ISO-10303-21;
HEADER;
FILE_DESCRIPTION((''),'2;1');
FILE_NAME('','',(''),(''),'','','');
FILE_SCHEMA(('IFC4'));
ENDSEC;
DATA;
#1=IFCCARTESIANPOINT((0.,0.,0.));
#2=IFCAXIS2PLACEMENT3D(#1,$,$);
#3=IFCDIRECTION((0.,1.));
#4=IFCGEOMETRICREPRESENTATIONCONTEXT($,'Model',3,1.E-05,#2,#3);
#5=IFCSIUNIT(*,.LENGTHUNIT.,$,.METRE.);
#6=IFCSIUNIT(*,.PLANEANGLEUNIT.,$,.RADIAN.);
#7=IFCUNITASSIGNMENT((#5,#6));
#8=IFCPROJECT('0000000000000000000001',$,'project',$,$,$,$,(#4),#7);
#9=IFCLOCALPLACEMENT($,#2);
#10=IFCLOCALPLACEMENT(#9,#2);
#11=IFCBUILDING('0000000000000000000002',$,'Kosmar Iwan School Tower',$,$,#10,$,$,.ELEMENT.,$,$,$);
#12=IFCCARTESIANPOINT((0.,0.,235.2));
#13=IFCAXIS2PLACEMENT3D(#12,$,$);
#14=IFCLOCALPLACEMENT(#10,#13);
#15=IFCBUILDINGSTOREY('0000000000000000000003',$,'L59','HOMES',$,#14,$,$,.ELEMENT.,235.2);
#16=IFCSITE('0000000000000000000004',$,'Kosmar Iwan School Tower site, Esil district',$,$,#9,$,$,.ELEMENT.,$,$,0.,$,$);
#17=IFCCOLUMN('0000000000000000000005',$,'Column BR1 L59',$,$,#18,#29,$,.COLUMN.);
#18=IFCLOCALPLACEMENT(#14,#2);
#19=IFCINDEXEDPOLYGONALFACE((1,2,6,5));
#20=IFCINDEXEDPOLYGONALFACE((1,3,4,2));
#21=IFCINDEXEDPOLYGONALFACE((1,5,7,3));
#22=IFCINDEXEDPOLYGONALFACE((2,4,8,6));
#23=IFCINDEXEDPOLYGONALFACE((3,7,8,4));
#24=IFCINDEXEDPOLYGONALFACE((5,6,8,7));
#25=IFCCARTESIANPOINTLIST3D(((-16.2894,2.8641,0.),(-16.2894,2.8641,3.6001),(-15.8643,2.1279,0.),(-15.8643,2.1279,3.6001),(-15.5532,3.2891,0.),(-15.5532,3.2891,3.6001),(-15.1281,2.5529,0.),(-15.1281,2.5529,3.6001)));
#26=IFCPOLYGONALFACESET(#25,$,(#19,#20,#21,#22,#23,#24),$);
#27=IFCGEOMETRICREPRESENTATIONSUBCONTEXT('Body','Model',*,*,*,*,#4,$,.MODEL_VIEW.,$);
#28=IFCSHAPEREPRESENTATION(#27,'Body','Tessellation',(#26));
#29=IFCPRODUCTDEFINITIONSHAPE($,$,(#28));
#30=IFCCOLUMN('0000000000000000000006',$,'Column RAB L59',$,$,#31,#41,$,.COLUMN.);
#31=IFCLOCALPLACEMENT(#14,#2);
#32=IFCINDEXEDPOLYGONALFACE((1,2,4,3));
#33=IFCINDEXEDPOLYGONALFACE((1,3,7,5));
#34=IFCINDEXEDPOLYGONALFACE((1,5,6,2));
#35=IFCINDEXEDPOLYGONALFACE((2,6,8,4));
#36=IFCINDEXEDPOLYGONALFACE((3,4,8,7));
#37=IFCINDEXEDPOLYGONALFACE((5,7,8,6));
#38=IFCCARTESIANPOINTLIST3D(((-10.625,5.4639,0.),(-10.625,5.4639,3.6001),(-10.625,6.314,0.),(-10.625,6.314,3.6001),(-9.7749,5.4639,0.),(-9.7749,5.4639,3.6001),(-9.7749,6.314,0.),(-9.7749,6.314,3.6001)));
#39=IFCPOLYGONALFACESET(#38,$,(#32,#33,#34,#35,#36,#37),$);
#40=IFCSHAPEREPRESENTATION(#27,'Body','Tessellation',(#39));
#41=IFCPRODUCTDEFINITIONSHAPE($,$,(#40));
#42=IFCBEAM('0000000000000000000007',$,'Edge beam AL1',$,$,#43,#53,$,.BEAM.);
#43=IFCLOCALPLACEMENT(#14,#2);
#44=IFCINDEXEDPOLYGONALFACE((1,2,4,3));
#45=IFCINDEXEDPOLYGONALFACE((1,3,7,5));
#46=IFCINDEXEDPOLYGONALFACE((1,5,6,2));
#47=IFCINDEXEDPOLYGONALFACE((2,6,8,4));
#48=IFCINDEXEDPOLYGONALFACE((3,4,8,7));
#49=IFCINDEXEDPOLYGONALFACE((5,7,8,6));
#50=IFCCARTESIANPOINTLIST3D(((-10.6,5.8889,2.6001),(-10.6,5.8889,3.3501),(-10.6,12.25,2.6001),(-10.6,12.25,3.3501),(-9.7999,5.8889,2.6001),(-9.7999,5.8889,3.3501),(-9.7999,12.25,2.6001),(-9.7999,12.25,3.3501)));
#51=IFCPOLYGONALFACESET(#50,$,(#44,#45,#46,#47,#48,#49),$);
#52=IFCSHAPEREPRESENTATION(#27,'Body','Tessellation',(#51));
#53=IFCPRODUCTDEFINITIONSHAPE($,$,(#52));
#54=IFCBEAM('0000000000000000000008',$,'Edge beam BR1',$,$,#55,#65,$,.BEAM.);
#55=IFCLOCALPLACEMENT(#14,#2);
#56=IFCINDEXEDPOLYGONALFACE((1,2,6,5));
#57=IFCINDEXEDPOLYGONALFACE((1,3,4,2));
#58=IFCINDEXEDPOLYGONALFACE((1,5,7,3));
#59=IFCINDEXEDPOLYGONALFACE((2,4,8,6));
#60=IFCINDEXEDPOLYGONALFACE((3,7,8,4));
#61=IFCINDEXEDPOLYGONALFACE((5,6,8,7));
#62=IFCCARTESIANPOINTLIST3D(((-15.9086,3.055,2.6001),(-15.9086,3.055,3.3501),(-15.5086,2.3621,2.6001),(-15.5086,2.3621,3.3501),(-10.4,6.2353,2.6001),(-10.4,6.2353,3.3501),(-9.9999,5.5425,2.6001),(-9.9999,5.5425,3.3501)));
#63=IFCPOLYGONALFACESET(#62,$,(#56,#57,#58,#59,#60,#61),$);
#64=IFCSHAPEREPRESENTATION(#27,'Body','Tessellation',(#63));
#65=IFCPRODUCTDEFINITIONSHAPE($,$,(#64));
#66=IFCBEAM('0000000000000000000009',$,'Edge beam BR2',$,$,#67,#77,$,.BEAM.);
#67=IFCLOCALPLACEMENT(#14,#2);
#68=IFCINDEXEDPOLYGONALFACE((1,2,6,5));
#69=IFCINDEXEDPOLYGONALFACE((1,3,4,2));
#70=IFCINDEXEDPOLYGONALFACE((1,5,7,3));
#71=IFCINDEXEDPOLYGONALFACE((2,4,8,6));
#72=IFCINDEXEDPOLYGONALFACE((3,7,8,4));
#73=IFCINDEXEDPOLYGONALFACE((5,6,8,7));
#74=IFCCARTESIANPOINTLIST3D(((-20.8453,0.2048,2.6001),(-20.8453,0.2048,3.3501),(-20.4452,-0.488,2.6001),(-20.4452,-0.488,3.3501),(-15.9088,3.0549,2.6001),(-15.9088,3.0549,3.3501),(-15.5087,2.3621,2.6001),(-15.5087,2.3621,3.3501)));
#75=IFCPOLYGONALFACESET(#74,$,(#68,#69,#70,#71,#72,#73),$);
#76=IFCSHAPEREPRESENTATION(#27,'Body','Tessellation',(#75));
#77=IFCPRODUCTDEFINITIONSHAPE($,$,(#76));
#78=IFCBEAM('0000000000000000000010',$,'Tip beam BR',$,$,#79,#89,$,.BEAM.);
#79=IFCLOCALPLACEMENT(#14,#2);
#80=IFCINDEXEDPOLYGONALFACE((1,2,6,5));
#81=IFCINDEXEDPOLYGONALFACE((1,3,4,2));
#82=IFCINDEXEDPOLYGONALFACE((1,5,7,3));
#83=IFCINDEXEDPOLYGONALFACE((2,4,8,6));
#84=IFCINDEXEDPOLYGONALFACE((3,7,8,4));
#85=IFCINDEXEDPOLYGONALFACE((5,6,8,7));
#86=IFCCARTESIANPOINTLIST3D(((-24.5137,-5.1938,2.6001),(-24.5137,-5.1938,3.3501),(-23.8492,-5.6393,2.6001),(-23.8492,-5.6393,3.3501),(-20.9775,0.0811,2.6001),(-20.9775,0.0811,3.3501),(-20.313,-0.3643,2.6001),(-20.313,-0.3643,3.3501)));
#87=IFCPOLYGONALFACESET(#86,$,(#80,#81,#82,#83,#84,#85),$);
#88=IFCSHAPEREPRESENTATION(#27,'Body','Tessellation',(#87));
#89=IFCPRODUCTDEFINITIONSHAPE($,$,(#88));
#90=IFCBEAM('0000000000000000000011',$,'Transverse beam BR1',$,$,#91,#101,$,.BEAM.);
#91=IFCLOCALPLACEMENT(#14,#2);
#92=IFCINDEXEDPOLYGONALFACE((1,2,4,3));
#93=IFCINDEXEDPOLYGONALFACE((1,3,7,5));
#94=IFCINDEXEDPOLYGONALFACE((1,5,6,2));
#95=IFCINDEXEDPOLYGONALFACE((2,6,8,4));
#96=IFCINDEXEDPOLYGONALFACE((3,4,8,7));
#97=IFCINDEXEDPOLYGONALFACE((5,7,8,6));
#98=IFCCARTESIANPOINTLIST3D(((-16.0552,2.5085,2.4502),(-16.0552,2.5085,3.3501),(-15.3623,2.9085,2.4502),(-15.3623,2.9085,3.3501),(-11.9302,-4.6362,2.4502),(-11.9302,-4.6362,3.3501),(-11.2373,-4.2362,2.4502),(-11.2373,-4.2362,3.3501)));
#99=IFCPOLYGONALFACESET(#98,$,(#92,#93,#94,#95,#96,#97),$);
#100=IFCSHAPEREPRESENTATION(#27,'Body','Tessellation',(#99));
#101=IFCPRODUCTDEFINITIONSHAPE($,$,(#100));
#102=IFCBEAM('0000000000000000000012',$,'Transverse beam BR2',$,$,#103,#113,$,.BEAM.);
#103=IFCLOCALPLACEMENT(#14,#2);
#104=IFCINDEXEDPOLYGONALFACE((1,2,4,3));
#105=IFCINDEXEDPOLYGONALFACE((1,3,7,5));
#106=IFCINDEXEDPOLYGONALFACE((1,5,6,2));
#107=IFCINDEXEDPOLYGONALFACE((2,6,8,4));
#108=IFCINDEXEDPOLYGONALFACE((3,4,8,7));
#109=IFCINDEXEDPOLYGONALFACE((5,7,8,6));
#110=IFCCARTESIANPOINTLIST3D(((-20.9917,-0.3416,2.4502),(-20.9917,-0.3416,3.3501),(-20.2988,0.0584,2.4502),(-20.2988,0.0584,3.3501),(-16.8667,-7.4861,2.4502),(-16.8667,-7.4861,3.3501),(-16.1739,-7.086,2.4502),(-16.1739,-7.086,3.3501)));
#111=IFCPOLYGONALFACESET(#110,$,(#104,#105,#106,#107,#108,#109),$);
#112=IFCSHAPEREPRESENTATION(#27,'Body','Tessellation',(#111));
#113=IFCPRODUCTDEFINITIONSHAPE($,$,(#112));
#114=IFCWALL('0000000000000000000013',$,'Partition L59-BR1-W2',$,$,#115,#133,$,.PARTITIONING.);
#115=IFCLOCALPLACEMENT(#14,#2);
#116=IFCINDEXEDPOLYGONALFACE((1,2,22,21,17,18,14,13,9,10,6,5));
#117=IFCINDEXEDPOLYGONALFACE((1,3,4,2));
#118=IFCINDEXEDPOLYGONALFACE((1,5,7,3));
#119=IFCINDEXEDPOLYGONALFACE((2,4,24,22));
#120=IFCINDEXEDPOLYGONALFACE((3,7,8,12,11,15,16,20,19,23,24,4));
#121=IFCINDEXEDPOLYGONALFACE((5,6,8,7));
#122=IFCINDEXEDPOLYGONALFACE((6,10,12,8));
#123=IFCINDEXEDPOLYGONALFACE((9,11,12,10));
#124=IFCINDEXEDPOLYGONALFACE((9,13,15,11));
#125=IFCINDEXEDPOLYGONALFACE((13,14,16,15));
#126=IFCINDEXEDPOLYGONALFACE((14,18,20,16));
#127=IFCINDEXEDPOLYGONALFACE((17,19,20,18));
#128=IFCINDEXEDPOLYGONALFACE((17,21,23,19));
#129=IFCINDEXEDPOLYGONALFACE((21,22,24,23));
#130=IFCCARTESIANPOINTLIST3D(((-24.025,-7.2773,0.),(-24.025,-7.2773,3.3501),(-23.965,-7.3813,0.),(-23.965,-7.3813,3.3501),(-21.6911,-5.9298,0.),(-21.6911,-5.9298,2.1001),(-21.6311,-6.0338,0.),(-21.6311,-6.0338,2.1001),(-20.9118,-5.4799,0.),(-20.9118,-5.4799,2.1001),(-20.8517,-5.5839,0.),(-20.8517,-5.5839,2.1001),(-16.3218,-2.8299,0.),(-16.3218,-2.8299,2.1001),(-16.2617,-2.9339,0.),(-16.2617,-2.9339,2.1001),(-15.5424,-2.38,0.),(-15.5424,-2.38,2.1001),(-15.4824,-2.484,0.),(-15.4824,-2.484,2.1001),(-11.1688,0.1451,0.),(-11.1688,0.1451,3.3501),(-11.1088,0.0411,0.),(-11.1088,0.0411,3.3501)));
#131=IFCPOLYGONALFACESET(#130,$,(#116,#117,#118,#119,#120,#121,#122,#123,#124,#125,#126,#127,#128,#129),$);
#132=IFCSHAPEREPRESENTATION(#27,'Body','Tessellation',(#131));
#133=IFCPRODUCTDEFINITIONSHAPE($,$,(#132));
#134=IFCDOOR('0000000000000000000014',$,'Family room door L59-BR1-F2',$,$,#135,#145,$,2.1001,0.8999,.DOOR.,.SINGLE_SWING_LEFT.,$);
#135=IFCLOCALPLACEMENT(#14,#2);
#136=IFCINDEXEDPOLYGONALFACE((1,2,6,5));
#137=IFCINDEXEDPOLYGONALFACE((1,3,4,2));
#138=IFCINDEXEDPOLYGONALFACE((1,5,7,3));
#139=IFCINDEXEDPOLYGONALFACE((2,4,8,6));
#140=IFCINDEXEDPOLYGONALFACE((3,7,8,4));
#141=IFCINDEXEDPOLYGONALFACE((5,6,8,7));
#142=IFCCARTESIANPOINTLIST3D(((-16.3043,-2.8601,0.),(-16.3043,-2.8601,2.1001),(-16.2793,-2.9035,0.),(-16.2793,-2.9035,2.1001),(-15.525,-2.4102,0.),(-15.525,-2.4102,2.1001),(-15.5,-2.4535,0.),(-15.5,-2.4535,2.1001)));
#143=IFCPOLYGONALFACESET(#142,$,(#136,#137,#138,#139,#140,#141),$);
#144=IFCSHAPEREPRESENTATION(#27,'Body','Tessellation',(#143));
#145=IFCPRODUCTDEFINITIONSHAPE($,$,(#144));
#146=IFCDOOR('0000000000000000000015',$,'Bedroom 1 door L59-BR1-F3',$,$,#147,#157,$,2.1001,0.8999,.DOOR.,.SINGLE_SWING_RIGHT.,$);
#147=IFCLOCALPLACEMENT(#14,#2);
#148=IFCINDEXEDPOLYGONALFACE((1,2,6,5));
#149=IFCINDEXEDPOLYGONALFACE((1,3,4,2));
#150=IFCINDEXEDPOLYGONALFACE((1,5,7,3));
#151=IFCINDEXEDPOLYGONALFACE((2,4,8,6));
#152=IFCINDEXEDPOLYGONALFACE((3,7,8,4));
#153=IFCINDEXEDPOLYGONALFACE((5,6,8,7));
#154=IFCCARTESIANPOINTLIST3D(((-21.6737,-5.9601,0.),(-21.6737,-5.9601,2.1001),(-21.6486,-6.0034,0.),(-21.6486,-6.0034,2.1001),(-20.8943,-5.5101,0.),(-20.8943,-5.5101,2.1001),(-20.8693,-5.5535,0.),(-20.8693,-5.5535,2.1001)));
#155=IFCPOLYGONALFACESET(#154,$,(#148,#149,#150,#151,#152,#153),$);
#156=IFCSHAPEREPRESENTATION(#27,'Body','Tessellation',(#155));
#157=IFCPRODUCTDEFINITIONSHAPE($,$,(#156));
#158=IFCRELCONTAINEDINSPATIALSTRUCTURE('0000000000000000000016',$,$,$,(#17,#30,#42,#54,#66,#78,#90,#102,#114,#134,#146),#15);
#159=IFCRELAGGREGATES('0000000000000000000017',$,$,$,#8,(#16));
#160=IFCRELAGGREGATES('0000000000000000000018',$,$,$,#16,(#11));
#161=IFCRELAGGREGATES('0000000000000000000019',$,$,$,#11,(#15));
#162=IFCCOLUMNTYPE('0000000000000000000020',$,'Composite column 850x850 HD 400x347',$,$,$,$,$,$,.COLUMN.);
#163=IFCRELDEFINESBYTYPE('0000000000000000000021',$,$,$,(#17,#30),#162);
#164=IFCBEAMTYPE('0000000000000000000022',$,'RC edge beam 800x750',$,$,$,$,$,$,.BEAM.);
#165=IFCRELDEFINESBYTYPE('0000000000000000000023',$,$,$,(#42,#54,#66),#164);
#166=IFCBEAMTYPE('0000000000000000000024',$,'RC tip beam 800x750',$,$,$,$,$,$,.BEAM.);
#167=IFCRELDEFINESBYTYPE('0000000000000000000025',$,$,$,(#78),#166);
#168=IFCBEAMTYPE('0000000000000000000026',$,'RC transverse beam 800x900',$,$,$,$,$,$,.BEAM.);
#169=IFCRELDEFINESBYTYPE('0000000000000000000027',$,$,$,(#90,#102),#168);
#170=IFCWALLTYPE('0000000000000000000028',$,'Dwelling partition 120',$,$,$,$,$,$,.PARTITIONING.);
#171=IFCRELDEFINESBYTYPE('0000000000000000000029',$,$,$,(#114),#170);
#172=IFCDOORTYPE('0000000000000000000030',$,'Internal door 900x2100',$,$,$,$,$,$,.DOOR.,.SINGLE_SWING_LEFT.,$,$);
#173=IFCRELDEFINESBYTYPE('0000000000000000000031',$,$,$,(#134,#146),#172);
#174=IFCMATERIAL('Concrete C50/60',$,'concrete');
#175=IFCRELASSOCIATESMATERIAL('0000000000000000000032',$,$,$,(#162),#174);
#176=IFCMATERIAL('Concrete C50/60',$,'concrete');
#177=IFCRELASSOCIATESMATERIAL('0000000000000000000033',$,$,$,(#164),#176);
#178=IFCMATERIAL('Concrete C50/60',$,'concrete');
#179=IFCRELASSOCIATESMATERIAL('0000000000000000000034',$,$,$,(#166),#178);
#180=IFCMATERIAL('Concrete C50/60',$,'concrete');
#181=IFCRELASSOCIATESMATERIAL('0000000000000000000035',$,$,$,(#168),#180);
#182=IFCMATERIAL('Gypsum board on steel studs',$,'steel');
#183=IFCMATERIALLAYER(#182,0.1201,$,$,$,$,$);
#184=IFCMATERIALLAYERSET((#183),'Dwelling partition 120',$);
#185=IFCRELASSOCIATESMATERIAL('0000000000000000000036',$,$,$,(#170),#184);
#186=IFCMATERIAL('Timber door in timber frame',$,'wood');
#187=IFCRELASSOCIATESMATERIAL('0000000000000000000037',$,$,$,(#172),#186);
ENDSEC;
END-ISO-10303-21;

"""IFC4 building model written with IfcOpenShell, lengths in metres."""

from ifc_helpers import new_model, si_unit, direction, frame, frame_2d, origin, origin_2d, place, context, subcontext, project, spatial, rectangle, extrude, material, layer, layer_set, material_profile, profile_set, type_object, element, fill, save


model = new_model("IFC4")

# Units and contexts
model_context = context("Model", 3, precision=1e-05, world=origin(), true_north=direction((0.0, 1.0)))
body_context = subcontext(model_context, "Body", "Model", "MODEL_VIEW")
ifc_project = project(units=[si_unit("LENGTHUNIT", "METRE"), si_unit("PLANEANGLEUNIT", "RADIAN")], contexts=[model_context])

# Site, building, storey
site_placement = place(None, origin())
site = spatial("IfcSite", under=ifc_project, at=site_placement, Name="Kosmar Iwan School Tower site, Esil district", CompositionType="ELEMENT", RefElevation=0.0)
building_placement = place(site_placement, origin())
building = spatial("IfcBuilding", under=site, at=building_placement, Name="Kosmar Iwan School Tower", CompositionType="ELEMENT")
storey_placement = place(building_placement, frame((0.0, 0.0, 235.2)))
storey = spatial("IfcBuildingStorey", under=building, at=storey_placement, Name="L59", Description="HOMES", CompositionType="ELEMENT", Elevation=235.2)

# Columns
ifc_material_1 = material(Name="Concrete C50/60", Category="concrete")
ifc_material_profile_1 = material_profile(ifc_material_1, rectangle(XDim=0.8501, YDim=0.8501, at=origin_2d()), Name="RC 850x850 + HD 400x347")
ifc_profile_set_1 = profile_set([ifc_material_profile_1], Name="Concrete C50/60")
column_type = type_object("IfcColumnType", Name="Composite column 850x850 HD 400x347", PredefinedType="COLUMN", material=ifc_profile_set_1)
for number, where, z_axis, x_axis, name in (
    (1, (-15.7087, 2.7085, 0.0), (0.0, 0.0, 1.0), (-0.866025, -0.5, 0.0), "Column BR1 L59"),
    (2, (-10.2, 5.8889, 0.0), (0.0, 0.0, 1.0), (1.0, 0.0, 0.0), "Column RAB L59"),
):
    element("IfcColumn", number, at=place(storey_placement, frame(where, z_axis=z_axis, x_axis=x_axis)), inside=storey, type_object=column_type, Name=name, PredefinedType="COLUMN", context=body_context, shape_type="SweptSolid", body=[
        extrude(rectangle(XDim=0.8501, YDim=0.8501, at=origin_2d()), origin(), (0.0, 0.0, 1.0), 3.6001),
    ])

# Beams
ifc_material_2 = material(Name="Concrete C50/60", Category="concrete")
ifc_material_profile_2 = material_profile(ifc_material_2, rectangle(XDim=0.8, YDim=0.75, at=origin_2d()), Name="RC 800x750")
ifc_profile_set_2 = profile_set([ifc_material_profile_2], Name="Concrete C50/60")
beam_type_1 = type_object("IfcBeamType", Name="RC edge beam 800x750", PredefinedType="BEAM", material=ifc_profile_set_2)
beam_1_placement = place(storey_placement, frame((-10.2, 5.8889, 2.9751), z_axis=(0.0, 1.0, 0.0), x_axis=(-1.0, 0.0, 0.0)))
element("IfcBeam", 3, at=beam_1_placement, inside=storey, type_object=beam_type_1, Name="Edge beam AL1", PredefinedType="BEAM", context=body_context, shape_type="SweptSolid", body=[
    extrude(rectangle(XDim=0.8, YDim=0.75, at=origin_2d()), origin(), (0.0, 0.0, 1.0), 6.3611),
])
beam_2_placement = place(storey_placement, frame((-10.2, 5.8889, 2.9751), z_axis=(-0.866031, -0.49999, 0.0), x_axis=(0.49999, -0.866031, 0.0)))
element("IfcBeam", 4, at=beam_2_placement, inside=storey, type_object=beam_type_1, Name="Edge beam BR1", PredefinedType="BEAM", context=body_context, shape_type="SweptSolid", body=[
    extrude(rectangle(XDim=0.8, YDim=0.75, at=origin_2d()), origin(), (0.0, 0.0, 1.0), 6.3608),
])
beam_3_placement = place(storey_placement, frame((-15.7087, 2.7085, 2.9751), z_axis=(-0.866026, -0.499999, 0.0), x_axis=(0.499999, -0.866026, 0.0)))
element("IfcBeam", 5, at=beam_3_placement, inside=storey, type_object=beam_type_1, Name="Edge beam BR2", PredefinedType="BEAM", context=body_context, shape_type="SweptSolid", body=[
    extrude(rectangle(XDim=0.8, YDim=0.75, at=origin_2d()), origin(), (0.0, 0.0, 1.0), 5.7002),
])
ifc_material_3 = material(Name="Concrete C50/60", Category="concrete")
ifc_material_profile_3 = material_profile(ifc_material_3, rectangle(XDim=0.8, YDim=0.75, at=origin_2d()), Name="RC 800x750")
ifc_profile_set_3 = profile_set([ifc_material_profile_3], Name="Concrete C50/60")
beam_type_2 = type_object("IfcBeamType", Name="RC tip beam 800x750", PredefinedType="BEAM", material=ifc_profile_set_3)
beam_4_placement = place(storey_placement, frame((-20.6453, -0.1416, 2.9751), z_axis=(-0.556828, -0.830628, 0.0), x_axis=(0.830628, -0.556828, 0.0)))
element("IfcBeam", 6, at=beam_4_placement, inside=storey, type_object=beam_type_2, Name="Tip beam BR", PredefinedType="BEAM", context=body_context, shape_type="SweptSolid", body=[
    extrude(rectangle(XDim=0.8, YDim=0.75, at=origin_2d()), origin(), (0.0, 0.0, 1.0), 6.3506),
])
ifc_material_4 = material(Name="Concrete C50/60", Category="concrete")
ifc_material_profile_4 = material_profile(ifc_material_4, rectangle(XDim=0.8, YDim=0.8999, at=origin_2d()), Name="RC 800x900")
ifc_profile_set_4 = profile_set([ifc_material_profile_4], Name="Concrete C50/60")
beam_type_3 = type_object("IfcBeamType", Name="RC transverse beam 800x900", PredefinedType="BEAM", material=ifc_profile_set_4)
beam_5_placement = place(storey_placement, frame((-15.7087, 2.7085, 2.9001), z_axis=(0.499997, -0.866027, 0.0), x_axis=(0.866027, 0.499997, 0.0)))
element("IfcBeam", 7, at=beam_5_placement, inside=storey, type_object=beam_type_3, Name="Transverse beam BR1", PredefinedType="BEAM", context=body_context, shape_type="SweptSolid", body=[
    extrude(rectangle(XDim=0.8, YDim=0.8999, at=origin_2d()), origin(), (0.0, 0.0, 1.0), 8.25),
])
beam_6_placement = place(storey_placement, frame((-20.6453, -0.1416, 2.9001), z_axis=(0.500009, -0.86602, 0.0), x_axis=(0.86602, 0.500009, 0.0)))
element("IfcBeam", 8, at=beam_6_placement, inside=storey, type_object=beam_type_3, Name="Transverse beam BR2", PredefinedType="BEAM", context=body_context, shape_type="SweptSolid", body=[
    extrude(rectangle(XDim=0.8, YDim=0.8999, at=origin_2d()), origin(), (0.0, 0.0, 1.0), 8.2498),
])

# Wall, openings, doors
ifc_material_5 = material(Name="Gypsum board on steel studs", Category="steel")
ifc_layer_1 = layer(ifc_material_5, 0.1201)
ifc_layer_set_1 = layer_set([ifc_layer_1], Name="Dwelling partition 120")
wall_type_1 = type_object("IfcWallType", Name="Dwelling partition 120", PredefinedType="PARTITIONING", material=ifc_layer_set_1)
wall_1_placement = place(storey_placement, frame((-11.1389, 0.093, 0.0), z_axis=(0.0, 0.0, 1.0), x_axis=(-0.86603, -0.499992, 0.0)))
wall_1 = element("IfcWall", 9, at=wall_1_placement, inside=storey, type_object=wall_type_1, Name="Partition L59-BR1-W2", PredefinedType="PARTITIONING", context=body_context, shape_type="SweptSolid", body=[
    extrude(rectangle(XDim=14.845, YDim=0.1201, at=frame_2d((7.4224, 0.0))), origin(), (0.0, 0.0, 1.0), 3.3501),
])
opening_1_placement = place(wall_1_placement, frame((5.05, 0.0, 0.0)))
opening_1 = element("IfcOpeningElement", 10, at=opening_1_placement, cuts=wall_1, PredefinedType="OPENING", context=body_context, shape_type="SweptSolid", body=[
    extrude(rectangle(XDim=0.8999, YDim=2.1001, at=frame_2d((0.45, 1.05))), frame((0.0, 0.072, 0.0), z_axis=(0.0, -1.0, 0.0), x_axis=(1.0, 0.0, 0.0)), (0.0, 0.0, 1.0), 0.144),
])
opening_2_placement = place(wall_1_placement, frame((11.25, 0.0, 0.0)))
opening_2 = element("IfcOpeningElement", 11, at=opening_2_placement, cuts=wall_1, PredefinedType="OPENING", context=body_context, shape_type="SweptSolid", body=[
    extrude(rectangle(XDim=0.8999, YDim=2.1001, at=frame_2d((0.45, 1.05))), frame((0.0, 0.072, 0.0), z_axis=(0.0, -1.0, 0.0), x_axis=(1.0, 0.0, 0.0)), (0.0, 0.0, 1.0), 0.144),
])
ifc_material_6 = material(Name="Timber door in timber frame", Category="wood")
door_type = type_object("IfcDoorType", Name="Internal door 900x2100", OperationType="SINGLE_SWING_LEFT", PredefinedType="DOOR", material=ifc_material_6)
door_1_placement = place(opening_1_placement, origin())
door_1 = element("IfcDoor", 12, at=door_1_placement, inside=storey, type_object=door_type, Name="Family room door L59-BR1-F2", OperationType="SINGLE_SWING_LEFT", OverallHeight=2.1001, OverallWidth=0.8999, PredefinedType="DOOR", context=body_context, shape_type="SweptSolid", body=[
    extrude(rectangle(XDim=0.8999, YDim=2.1001, at=frame_2d((0.45, 1.05))), frame((0.0, 0.0249, 0.0), z_axis=(0.0, -1.0, 0.0), x_axis=(1.0, 0.0, 0.0)), (0.0, 0.0, 1.0), 0.05),
])
fill(opening_1, door_1)
door_2_placement = place(opening_2_placement, origin())
door_2 = element("IfcDoor", 13, at=door_2_placement, inside=storey, type_object=door_type, Name="Bedroom 1 door L59-BR1-F3", OperationType="SINGLE_SWING_RIGHT", OverallHeight=2.1001, OverallWidth=0.8999, PredefinedType="DOOR", context=body_context, shape_type="SweptSolid", body=[
    extrude(rectangle(XDim=0.8999, YDim=2.1001, at=frame_2d((0.45, 1.05))), frame((0.0, 0.0249, 0.0), z_axis=(0.0, -1.0, 0.0), x_axis=(1.0, 0.0, 0.0)), (0.0, 0.0, 1.0), 0.05),
])
fill(opening_2, door_2)

save(model, "model.ifc")
